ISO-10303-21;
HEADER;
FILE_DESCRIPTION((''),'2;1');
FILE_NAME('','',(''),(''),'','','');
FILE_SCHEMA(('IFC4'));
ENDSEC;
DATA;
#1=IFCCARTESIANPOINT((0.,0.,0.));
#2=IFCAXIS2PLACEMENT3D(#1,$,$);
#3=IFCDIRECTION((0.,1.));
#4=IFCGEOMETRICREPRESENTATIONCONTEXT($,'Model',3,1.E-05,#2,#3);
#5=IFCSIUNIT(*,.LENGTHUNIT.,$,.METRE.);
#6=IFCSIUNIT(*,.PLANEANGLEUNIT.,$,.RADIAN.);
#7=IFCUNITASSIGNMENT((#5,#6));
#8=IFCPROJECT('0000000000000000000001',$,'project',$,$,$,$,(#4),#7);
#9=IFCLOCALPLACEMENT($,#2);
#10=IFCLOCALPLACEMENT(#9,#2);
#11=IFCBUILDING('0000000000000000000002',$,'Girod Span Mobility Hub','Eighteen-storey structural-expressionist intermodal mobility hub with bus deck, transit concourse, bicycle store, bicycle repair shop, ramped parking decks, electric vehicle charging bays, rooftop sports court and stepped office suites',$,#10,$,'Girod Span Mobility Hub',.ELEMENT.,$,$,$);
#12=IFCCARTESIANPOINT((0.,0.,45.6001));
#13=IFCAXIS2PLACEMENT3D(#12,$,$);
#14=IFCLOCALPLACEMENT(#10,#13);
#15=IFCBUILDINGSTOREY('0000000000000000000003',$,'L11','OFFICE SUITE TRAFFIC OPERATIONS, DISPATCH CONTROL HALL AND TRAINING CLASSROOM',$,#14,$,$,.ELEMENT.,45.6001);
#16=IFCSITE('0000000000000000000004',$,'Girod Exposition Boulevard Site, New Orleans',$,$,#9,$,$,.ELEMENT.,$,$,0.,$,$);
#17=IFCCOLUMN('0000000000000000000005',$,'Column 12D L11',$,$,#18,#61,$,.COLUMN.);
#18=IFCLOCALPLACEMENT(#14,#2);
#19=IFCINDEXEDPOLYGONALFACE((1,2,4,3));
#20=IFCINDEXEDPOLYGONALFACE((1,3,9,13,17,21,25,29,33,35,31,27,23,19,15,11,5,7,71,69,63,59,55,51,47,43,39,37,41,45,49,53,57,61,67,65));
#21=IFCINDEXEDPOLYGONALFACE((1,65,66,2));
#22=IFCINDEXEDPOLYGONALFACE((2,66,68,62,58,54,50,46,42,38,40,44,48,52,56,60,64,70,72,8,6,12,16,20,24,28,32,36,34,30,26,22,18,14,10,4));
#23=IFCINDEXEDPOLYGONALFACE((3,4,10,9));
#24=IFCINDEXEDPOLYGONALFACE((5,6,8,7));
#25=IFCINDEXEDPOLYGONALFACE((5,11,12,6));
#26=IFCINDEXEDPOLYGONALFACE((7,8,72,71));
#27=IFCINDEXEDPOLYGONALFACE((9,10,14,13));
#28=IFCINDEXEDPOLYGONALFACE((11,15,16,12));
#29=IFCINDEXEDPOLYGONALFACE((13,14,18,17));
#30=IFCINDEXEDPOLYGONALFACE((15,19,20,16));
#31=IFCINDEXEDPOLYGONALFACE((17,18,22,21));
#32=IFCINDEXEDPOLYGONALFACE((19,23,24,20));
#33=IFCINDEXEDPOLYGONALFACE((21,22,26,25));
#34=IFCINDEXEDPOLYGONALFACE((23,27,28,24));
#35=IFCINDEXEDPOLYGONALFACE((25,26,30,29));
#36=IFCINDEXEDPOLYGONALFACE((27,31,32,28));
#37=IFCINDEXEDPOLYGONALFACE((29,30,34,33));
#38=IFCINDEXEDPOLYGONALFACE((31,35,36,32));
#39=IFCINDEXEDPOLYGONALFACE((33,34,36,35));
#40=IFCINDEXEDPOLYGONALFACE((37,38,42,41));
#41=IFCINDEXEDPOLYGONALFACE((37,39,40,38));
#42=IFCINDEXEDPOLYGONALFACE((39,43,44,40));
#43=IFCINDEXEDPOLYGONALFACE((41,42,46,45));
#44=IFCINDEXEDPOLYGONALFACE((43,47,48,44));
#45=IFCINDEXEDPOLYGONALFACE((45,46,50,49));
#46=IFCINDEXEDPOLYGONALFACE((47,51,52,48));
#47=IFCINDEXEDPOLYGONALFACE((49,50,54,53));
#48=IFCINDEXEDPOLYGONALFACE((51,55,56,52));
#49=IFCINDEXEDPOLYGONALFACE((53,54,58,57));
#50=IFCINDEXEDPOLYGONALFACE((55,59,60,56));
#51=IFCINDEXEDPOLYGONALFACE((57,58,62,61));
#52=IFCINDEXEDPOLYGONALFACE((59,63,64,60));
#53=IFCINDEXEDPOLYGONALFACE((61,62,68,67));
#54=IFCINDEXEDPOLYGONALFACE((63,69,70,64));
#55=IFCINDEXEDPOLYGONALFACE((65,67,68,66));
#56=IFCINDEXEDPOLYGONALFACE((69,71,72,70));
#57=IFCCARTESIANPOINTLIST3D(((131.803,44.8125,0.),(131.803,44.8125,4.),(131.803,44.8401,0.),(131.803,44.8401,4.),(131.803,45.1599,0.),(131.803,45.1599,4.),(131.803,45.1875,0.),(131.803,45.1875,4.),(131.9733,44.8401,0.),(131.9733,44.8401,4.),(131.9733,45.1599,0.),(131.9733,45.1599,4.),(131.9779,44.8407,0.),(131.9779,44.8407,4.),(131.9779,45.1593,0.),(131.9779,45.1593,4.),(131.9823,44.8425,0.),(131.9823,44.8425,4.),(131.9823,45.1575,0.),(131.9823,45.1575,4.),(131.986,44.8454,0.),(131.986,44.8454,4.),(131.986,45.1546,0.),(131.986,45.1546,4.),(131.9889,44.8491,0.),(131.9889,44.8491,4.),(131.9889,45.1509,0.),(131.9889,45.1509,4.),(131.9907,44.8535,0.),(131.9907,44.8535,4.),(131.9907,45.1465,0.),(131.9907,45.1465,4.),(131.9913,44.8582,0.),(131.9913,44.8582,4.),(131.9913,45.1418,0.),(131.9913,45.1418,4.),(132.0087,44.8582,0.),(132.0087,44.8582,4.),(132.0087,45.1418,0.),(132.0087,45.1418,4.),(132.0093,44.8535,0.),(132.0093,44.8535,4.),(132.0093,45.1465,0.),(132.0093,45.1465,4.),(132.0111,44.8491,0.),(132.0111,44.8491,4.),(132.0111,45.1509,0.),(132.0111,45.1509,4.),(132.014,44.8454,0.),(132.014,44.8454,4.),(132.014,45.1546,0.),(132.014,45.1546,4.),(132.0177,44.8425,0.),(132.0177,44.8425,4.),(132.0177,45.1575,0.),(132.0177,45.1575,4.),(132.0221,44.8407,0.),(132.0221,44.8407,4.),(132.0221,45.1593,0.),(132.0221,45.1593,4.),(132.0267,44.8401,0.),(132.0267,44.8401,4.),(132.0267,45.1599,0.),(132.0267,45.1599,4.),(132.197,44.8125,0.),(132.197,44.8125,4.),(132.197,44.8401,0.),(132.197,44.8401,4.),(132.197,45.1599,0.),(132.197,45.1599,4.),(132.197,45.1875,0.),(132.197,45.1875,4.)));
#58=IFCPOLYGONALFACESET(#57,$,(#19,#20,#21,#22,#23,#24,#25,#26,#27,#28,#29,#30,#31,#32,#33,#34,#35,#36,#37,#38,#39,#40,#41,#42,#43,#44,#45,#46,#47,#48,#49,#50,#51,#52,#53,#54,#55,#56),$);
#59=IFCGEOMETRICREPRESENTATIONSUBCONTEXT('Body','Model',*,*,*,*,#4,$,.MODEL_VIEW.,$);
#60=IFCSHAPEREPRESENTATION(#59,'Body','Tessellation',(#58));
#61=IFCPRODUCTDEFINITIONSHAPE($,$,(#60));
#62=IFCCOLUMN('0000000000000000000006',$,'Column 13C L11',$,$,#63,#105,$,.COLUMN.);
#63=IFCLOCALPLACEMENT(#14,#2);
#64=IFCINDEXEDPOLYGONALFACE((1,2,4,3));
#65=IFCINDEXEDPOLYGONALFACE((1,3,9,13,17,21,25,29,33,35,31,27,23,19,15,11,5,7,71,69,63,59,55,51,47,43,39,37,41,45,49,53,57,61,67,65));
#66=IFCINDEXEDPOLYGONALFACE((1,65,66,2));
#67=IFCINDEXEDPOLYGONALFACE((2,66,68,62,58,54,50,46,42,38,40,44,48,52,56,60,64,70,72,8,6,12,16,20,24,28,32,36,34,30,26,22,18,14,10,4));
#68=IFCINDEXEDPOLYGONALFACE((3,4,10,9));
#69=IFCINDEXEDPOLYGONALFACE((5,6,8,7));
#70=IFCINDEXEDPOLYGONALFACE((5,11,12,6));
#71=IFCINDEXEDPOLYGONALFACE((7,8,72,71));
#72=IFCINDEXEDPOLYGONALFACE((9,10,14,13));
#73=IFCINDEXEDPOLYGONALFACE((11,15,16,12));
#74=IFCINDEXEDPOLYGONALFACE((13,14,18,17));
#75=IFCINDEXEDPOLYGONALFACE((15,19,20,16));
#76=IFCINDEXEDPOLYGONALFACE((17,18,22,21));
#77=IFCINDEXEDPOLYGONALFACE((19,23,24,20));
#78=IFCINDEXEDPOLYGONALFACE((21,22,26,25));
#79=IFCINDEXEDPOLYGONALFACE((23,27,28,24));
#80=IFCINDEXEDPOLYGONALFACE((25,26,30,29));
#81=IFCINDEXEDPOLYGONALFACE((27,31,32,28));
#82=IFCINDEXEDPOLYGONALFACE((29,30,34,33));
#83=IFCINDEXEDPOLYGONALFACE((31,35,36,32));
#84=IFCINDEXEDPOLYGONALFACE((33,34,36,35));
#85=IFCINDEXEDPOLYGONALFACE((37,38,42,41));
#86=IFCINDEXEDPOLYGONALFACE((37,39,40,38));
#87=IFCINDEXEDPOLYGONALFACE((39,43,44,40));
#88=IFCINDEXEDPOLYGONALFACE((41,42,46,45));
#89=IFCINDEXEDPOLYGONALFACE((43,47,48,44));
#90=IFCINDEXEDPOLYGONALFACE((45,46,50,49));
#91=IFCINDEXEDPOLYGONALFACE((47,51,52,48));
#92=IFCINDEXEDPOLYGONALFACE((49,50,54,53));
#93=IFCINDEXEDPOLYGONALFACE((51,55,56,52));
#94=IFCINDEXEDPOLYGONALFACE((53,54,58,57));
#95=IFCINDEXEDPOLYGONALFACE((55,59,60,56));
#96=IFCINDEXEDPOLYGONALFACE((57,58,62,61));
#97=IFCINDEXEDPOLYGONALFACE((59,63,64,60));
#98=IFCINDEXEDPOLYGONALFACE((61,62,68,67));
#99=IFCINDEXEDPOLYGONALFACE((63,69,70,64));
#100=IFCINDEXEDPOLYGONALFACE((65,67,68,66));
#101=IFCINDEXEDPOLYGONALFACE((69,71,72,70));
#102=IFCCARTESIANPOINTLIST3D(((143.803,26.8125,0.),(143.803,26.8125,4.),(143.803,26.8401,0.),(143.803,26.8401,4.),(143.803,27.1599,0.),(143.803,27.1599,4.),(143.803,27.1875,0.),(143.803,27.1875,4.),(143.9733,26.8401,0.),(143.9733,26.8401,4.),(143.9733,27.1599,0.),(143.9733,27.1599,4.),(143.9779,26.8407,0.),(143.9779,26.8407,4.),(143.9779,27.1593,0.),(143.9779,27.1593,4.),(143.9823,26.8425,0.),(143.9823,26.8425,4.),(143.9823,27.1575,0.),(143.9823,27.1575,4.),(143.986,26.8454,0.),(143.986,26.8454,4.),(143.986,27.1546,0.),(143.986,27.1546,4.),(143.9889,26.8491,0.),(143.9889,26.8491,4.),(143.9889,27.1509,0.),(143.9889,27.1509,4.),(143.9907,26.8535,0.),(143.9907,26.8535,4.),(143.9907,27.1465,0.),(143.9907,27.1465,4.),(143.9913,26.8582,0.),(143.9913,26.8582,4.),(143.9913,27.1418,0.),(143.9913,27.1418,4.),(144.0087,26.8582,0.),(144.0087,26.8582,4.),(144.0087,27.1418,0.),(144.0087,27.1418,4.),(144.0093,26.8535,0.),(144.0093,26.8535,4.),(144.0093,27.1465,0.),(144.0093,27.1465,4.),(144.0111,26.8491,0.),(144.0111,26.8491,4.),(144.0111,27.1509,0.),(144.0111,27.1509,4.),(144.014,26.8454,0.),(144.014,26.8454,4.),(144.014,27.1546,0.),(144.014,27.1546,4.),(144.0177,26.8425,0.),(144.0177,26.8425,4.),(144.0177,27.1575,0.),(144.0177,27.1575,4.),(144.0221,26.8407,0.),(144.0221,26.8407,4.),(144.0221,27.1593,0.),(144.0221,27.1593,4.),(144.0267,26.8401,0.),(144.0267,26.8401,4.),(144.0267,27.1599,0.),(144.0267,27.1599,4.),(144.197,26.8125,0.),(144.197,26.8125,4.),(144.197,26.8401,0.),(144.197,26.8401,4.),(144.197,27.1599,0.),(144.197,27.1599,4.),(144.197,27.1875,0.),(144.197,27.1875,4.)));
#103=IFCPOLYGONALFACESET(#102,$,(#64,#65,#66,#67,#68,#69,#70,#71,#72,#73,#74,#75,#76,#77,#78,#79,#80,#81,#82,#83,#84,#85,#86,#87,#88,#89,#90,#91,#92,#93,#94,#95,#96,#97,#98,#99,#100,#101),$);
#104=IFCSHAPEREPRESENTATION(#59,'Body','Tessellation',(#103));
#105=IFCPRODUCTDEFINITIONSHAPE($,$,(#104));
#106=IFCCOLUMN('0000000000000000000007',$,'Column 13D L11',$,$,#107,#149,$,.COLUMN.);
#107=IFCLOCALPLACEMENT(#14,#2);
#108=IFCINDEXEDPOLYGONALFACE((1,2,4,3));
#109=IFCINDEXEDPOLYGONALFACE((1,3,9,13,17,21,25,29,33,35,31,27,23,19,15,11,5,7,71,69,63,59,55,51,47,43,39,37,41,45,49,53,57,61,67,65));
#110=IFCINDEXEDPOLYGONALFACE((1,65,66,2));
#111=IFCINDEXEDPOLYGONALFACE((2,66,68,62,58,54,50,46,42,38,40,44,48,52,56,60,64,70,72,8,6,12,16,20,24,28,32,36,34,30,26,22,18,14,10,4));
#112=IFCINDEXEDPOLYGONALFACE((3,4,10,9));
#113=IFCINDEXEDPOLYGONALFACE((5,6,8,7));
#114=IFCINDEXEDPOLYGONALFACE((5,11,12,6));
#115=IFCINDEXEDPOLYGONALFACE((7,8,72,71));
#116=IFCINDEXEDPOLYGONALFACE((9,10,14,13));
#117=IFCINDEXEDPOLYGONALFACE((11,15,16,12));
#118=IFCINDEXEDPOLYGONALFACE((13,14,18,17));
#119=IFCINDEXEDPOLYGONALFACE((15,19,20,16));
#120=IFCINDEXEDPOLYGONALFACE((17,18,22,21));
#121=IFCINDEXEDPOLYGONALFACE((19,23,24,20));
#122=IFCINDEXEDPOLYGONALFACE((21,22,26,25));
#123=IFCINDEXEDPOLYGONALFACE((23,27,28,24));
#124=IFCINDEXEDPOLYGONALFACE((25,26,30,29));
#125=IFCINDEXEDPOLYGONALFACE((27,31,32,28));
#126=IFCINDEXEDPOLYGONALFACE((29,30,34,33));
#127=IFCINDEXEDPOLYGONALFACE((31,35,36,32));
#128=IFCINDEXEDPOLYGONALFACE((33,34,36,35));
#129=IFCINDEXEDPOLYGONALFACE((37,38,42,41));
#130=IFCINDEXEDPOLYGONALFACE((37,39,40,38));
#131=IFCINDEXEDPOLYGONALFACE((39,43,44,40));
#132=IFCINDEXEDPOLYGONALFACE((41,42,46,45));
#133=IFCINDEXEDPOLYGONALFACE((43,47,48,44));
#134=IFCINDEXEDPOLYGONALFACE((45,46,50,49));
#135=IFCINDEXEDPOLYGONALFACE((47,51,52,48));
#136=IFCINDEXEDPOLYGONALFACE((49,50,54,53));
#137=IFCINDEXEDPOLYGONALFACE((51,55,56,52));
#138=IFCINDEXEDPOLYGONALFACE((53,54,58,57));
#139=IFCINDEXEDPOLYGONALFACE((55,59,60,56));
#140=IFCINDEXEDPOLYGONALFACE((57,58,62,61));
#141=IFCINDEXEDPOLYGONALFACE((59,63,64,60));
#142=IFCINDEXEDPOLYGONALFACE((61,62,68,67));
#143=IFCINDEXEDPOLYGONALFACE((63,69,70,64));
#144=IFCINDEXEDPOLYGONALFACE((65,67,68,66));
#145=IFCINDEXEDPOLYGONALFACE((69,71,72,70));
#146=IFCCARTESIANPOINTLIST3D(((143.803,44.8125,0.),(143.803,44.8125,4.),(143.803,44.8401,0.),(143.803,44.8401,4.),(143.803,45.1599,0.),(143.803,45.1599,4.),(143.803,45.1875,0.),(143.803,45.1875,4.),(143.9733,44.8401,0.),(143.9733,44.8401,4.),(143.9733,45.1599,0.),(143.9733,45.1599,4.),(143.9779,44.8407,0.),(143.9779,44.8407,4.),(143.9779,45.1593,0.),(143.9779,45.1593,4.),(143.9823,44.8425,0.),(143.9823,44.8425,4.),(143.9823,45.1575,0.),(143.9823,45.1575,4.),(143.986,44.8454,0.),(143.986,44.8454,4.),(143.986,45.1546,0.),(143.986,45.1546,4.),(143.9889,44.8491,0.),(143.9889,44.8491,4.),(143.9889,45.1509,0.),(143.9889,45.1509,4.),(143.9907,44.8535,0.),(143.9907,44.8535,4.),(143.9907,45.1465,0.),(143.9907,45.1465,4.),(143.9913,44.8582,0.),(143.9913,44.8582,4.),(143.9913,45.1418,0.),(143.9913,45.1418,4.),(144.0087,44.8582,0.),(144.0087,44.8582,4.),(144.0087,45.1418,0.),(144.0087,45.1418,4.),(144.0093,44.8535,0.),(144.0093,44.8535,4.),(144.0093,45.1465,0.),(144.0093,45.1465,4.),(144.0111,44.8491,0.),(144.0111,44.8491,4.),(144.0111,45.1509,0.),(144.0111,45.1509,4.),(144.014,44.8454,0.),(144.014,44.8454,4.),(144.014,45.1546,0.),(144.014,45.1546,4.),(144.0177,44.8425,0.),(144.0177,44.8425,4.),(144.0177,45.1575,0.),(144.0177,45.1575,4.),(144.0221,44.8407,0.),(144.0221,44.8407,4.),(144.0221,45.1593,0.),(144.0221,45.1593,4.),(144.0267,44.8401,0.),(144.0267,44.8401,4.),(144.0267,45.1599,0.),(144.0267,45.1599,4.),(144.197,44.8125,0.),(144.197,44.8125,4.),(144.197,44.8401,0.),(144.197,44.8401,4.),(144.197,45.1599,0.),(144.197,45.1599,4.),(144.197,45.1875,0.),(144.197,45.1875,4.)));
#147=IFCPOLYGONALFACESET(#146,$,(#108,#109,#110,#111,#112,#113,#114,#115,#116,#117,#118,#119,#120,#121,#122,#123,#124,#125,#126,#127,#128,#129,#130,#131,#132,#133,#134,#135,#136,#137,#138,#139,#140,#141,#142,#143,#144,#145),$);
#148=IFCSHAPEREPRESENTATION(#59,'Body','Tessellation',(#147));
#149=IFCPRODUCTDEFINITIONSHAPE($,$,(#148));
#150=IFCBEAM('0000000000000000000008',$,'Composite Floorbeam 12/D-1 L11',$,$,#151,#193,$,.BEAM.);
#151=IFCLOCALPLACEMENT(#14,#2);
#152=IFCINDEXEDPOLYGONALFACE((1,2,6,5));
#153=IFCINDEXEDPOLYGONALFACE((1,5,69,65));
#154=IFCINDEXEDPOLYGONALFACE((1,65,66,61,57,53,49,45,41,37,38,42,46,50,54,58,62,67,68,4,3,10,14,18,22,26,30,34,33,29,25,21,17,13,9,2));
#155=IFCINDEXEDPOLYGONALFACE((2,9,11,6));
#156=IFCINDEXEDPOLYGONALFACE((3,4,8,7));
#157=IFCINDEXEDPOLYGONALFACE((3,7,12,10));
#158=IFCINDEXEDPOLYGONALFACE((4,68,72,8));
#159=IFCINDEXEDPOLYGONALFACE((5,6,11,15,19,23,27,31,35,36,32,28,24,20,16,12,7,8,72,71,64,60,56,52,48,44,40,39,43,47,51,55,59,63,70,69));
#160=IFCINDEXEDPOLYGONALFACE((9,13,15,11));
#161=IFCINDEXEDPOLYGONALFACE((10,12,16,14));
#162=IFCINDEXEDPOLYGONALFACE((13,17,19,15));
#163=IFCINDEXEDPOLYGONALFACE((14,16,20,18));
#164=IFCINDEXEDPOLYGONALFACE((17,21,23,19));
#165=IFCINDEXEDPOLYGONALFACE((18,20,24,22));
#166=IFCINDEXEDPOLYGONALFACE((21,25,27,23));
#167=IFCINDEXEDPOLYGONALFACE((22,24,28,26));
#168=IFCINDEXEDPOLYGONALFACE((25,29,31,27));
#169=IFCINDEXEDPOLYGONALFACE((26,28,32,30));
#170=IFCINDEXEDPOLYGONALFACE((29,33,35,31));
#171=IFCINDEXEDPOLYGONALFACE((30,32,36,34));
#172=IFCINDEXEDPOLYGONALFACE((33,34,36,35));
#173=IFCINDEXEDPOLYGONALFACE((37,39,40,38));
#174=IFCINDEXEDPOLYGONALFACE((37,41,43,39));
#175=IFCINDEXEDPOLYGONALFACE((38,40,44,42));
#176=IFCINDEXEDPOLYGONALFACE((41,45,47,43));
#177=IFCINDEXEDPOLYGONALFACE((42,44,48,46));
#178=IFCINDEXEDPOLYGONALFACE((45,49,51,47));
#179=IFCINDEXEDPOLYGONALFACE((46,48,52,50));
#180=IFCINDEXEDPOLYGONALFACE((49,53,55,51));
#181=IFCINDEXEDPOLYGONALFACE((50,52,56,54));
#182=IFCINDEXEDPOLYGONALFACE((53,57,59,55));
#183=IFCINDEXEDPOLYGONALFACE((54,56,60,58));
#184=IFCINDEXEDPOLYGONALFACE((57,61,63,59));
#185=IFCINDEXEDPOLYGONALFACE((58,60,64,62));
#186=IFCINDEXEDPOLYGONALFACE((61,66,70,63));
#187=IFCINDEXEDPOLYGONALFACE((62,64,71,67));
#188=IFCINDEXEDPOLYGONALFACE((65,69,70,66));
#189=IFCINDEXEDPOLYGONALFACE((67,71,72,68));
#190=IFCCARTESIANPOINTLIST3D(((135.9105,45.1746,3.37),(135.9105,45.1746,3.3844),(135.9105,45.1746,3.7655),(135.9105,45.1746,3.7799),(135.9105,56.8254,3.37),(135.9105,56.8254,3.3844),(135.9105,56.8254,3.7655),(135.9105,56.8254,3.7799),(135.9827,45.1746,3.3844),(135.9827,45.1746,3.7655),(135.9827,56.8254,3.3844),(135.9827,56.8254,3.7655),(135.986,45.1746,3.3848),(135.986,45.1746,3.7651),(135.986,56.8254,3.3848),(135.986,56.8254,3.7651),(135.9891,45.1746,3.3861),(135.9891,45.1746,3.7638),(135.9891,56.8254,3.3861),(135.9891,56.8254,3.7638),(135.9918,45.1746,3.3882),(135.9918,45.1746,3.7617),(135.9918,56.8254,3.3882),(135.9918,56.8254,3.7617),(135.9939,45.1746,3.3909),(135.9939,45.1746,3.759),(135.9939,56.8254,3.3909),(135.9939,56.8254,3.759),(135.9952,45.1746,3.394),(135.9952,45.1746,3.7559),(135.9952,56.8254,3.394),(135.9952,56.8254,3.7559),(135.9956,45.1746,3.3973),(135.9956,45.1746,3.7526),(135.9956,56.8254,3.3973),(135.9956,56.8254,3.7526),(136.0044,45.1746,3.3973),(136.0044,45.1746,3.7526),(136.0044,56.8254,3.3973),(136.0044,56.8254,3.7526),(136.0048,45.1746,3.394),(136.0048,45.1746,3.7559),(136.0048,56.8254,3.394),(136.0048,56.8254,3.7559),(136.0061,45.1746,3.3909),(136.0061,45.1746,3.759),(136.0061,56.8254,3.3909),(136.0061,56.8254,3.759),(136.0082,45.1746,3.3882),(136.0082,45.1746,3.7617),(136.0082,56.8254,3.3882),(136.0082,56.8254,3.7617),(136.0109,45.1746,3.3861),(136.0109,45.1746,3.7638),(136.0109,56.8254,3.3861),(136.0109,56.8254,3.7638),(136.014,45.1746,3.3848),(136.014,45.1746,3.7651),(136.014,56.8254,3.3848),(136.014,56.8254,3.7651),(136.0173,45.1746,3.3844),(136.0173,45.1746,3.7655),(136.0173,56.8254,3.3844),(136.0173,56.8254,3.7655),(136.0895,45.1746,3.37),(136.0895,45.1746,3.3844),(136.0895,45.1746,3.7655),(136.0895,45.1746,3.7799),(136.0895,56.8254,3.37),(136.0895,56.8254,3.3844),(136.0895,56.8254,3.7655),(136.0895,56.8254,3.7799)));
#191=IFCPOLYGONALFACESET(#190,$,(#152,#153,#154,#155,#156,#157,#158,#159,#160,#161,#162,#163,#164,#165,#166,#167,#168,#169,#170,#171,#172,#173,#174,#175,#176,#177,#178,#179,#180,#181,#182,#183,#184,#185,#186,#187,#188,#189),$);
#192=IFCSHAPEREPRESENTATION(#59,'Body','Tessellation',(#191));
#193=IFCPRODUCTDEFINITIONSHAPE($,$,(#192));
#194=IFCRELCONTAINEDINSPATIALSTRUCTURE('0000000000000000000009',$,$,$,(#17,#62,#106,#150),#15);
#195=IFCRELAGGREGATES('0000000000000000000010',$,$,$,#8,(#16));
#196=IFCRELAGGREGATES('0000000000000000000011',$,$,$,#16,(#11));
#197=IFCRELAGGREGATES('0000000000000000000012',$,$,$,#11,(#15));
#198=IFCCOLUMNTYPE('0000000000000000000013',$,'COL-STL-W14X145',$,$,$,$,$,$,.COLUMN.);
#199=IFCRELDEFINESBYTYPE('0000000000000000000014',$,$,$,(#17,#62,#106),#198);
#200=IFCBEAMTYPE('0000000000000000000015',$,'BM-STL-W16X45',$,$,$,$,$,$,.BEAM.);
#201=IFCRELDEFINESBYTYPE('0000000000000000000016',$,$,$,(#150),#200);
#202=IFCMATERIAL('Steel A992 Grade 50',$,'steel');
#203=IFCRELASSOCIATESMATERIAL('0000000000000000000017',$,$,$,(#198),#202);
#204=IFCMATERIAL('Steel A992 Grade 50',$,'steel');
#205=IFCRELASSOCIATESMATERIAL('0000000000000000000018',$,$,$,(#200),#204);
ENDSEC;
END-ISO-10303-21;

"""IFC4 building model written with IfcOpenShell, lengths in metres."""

from ifc_helpers import new_model, si_unit, direction, frame, origin, origin_2d, place, context, subcontext, project, spatial, i_section, extrude, material, material_profile, profile_set, type_object, element, save


model = new_model("IFC4")

# Units and contexts
model_context = context("Model", 3, precision=1e-05, world=origin(), true_north=direction((0.0, 1.0)))
body_context = subcontext(model_context, "Body", "Model", "MODEL_VIEW")
ifc_project = project(units=[si_unit("LENGTHUNIT", "METRE"), si_unit("PLANEANGLEUNIT", "RADIAN")], contexts=[model_context])

# Site, building, storey
site_placement = place(None, origin())
site = spatial("IfcSite", under=ifc_project, at=site_placement, Name="Girod Exposition Boulevard Site, New Orleans", CompositionType="ELEMENT", RefElevation=0.0)
building_placement = place(site_placement, origin())
building = spatial("IfcBuilding", under=site, at=building_placement, Name="Girod Span Mobility Hub", Description="Eighteen-storey structural-expressionist intermodal mobility hub with bus deck, transit concourse, bicycle store, bicycle repair shop, ramped parking decks, electric vehicle charging bays, rooftop sports court and stepped office suites", LongName="Girod Span Mobility Hub", CompositionType="ELEMENT")
storey_placement = place(building_placement, frame((0.0, 0.0, 45.6001)))
storey = spatial("IfcBuildingStorey", under=building, at=storey_placement, Name="L11", Description="OFFICE SUITE TRAFFIC OPERATIONS, DISPATCH CONTROL HALL AND TRAINING CLASSROOM", CompositionType="ELEMENT", Elevation=45.6001)

# Columns
ifc_material_1 = material(Name="Steel A992 Grade 50", Category="steel")
ifc_material_profile_1 = material_profile(ifc_material_1, i_section(OverallWidth=0.394, OverallDepth=0.375, WebThickness=0.0173, FlangeThickness=0.0276, FilletRadius=0.0181, at=origin_2d()), Name="W14X145")
ifc_profile_set_1 = profile_set([ifc_material_profile_1], Name="Steel A992 Grade 50")
column_type = type_object("IfcColumnType", Name="COL-STL-W14X145", PredefinedType="COLUMN", material=ifc_profile_set_1)
for number, where, z_axis, x_axis, name in (
    (1, (132.0, 45.0, 0.0), (0.0, 0.0, 1.0), (1.0, 0.0, 0.0), "Column 12D L11"),
    (2, (144.0, 27.0, 0.0), (0.0, 0.0, 1.0), (1.0, 0.0, 0.0), "Column 13C L11"),
    (3, (144.0, 45.0, 0.0), (0.0, 0.0, 1.0), (1.0, 0.0, 0.0), "Column 13D L11"),
):
    element("IfcColumn", number, at=place(storey_placement, frame(where, z_axis=z_axis, x_axis=x_axis)), inside=storey, type_object=column_type, Name=name, PredefinedType="COLUMN", context=body_context, shape_type="SweptSolid", body=[
        extrude(i_section(OverallWidth=0.394, OverallDepth=0.375, WebThickness=0.0173, FlangeThickness=0.0276, FilletRadius=0.0181, at=origin_2d()), origin(), (0.0, 0.0, 1.0), 4.0),
    ])

# Beam
ifc_material_2 = material(Name="Steel A992 Grade 50", Category="steel")
ifc_material_profile_2 = material_profile(ifc_material_2, i_section(OverallWidth=0.179, OverallDepth=0.4099, WebThickness=0.0088, FlangeThickness=0.0144, FilletRadius=0.0129, at=origin_2d()), Name="W16X45")
ifc_profile_set_2 = profile_set([ifc_material_profile_2], Name="Steel A992 Grade 50")
beam_type_1 = type_object("IfcBeamType", Name="BM-STL-W16X45", PredefinedType="BEAM", material=ifc_profile_set_2)
for number, where, z_axis, x_axis, name in (
    (4, (136.0, 45.1746, 3.575), (0.0, 1.0, 0.0), (-1.0, 0.0, 0.0), "Composite Floorbeam 12/D-1 L11"),
):
    element("IfcBeam", number, at=place(storey_placement, frame(where, z_axis=z_axis, x_axis=x_axis)), inside=storey, type_object=beam_type_1, Name=name, PredefinedType="BEAM", context=body_context, shape_type="SweptSolid", body=[
        extrude(i_section(OverallWidth=0.179, OverallDepth=0.4099, WebThickness=0.0088, FlangeThickness=0.0144, FilletRadius=0.0129, at=origin_2d()), origin(), (0.0, 0.0, 1.0), 11.6509),
    ])

save(model, "model.ifc")
